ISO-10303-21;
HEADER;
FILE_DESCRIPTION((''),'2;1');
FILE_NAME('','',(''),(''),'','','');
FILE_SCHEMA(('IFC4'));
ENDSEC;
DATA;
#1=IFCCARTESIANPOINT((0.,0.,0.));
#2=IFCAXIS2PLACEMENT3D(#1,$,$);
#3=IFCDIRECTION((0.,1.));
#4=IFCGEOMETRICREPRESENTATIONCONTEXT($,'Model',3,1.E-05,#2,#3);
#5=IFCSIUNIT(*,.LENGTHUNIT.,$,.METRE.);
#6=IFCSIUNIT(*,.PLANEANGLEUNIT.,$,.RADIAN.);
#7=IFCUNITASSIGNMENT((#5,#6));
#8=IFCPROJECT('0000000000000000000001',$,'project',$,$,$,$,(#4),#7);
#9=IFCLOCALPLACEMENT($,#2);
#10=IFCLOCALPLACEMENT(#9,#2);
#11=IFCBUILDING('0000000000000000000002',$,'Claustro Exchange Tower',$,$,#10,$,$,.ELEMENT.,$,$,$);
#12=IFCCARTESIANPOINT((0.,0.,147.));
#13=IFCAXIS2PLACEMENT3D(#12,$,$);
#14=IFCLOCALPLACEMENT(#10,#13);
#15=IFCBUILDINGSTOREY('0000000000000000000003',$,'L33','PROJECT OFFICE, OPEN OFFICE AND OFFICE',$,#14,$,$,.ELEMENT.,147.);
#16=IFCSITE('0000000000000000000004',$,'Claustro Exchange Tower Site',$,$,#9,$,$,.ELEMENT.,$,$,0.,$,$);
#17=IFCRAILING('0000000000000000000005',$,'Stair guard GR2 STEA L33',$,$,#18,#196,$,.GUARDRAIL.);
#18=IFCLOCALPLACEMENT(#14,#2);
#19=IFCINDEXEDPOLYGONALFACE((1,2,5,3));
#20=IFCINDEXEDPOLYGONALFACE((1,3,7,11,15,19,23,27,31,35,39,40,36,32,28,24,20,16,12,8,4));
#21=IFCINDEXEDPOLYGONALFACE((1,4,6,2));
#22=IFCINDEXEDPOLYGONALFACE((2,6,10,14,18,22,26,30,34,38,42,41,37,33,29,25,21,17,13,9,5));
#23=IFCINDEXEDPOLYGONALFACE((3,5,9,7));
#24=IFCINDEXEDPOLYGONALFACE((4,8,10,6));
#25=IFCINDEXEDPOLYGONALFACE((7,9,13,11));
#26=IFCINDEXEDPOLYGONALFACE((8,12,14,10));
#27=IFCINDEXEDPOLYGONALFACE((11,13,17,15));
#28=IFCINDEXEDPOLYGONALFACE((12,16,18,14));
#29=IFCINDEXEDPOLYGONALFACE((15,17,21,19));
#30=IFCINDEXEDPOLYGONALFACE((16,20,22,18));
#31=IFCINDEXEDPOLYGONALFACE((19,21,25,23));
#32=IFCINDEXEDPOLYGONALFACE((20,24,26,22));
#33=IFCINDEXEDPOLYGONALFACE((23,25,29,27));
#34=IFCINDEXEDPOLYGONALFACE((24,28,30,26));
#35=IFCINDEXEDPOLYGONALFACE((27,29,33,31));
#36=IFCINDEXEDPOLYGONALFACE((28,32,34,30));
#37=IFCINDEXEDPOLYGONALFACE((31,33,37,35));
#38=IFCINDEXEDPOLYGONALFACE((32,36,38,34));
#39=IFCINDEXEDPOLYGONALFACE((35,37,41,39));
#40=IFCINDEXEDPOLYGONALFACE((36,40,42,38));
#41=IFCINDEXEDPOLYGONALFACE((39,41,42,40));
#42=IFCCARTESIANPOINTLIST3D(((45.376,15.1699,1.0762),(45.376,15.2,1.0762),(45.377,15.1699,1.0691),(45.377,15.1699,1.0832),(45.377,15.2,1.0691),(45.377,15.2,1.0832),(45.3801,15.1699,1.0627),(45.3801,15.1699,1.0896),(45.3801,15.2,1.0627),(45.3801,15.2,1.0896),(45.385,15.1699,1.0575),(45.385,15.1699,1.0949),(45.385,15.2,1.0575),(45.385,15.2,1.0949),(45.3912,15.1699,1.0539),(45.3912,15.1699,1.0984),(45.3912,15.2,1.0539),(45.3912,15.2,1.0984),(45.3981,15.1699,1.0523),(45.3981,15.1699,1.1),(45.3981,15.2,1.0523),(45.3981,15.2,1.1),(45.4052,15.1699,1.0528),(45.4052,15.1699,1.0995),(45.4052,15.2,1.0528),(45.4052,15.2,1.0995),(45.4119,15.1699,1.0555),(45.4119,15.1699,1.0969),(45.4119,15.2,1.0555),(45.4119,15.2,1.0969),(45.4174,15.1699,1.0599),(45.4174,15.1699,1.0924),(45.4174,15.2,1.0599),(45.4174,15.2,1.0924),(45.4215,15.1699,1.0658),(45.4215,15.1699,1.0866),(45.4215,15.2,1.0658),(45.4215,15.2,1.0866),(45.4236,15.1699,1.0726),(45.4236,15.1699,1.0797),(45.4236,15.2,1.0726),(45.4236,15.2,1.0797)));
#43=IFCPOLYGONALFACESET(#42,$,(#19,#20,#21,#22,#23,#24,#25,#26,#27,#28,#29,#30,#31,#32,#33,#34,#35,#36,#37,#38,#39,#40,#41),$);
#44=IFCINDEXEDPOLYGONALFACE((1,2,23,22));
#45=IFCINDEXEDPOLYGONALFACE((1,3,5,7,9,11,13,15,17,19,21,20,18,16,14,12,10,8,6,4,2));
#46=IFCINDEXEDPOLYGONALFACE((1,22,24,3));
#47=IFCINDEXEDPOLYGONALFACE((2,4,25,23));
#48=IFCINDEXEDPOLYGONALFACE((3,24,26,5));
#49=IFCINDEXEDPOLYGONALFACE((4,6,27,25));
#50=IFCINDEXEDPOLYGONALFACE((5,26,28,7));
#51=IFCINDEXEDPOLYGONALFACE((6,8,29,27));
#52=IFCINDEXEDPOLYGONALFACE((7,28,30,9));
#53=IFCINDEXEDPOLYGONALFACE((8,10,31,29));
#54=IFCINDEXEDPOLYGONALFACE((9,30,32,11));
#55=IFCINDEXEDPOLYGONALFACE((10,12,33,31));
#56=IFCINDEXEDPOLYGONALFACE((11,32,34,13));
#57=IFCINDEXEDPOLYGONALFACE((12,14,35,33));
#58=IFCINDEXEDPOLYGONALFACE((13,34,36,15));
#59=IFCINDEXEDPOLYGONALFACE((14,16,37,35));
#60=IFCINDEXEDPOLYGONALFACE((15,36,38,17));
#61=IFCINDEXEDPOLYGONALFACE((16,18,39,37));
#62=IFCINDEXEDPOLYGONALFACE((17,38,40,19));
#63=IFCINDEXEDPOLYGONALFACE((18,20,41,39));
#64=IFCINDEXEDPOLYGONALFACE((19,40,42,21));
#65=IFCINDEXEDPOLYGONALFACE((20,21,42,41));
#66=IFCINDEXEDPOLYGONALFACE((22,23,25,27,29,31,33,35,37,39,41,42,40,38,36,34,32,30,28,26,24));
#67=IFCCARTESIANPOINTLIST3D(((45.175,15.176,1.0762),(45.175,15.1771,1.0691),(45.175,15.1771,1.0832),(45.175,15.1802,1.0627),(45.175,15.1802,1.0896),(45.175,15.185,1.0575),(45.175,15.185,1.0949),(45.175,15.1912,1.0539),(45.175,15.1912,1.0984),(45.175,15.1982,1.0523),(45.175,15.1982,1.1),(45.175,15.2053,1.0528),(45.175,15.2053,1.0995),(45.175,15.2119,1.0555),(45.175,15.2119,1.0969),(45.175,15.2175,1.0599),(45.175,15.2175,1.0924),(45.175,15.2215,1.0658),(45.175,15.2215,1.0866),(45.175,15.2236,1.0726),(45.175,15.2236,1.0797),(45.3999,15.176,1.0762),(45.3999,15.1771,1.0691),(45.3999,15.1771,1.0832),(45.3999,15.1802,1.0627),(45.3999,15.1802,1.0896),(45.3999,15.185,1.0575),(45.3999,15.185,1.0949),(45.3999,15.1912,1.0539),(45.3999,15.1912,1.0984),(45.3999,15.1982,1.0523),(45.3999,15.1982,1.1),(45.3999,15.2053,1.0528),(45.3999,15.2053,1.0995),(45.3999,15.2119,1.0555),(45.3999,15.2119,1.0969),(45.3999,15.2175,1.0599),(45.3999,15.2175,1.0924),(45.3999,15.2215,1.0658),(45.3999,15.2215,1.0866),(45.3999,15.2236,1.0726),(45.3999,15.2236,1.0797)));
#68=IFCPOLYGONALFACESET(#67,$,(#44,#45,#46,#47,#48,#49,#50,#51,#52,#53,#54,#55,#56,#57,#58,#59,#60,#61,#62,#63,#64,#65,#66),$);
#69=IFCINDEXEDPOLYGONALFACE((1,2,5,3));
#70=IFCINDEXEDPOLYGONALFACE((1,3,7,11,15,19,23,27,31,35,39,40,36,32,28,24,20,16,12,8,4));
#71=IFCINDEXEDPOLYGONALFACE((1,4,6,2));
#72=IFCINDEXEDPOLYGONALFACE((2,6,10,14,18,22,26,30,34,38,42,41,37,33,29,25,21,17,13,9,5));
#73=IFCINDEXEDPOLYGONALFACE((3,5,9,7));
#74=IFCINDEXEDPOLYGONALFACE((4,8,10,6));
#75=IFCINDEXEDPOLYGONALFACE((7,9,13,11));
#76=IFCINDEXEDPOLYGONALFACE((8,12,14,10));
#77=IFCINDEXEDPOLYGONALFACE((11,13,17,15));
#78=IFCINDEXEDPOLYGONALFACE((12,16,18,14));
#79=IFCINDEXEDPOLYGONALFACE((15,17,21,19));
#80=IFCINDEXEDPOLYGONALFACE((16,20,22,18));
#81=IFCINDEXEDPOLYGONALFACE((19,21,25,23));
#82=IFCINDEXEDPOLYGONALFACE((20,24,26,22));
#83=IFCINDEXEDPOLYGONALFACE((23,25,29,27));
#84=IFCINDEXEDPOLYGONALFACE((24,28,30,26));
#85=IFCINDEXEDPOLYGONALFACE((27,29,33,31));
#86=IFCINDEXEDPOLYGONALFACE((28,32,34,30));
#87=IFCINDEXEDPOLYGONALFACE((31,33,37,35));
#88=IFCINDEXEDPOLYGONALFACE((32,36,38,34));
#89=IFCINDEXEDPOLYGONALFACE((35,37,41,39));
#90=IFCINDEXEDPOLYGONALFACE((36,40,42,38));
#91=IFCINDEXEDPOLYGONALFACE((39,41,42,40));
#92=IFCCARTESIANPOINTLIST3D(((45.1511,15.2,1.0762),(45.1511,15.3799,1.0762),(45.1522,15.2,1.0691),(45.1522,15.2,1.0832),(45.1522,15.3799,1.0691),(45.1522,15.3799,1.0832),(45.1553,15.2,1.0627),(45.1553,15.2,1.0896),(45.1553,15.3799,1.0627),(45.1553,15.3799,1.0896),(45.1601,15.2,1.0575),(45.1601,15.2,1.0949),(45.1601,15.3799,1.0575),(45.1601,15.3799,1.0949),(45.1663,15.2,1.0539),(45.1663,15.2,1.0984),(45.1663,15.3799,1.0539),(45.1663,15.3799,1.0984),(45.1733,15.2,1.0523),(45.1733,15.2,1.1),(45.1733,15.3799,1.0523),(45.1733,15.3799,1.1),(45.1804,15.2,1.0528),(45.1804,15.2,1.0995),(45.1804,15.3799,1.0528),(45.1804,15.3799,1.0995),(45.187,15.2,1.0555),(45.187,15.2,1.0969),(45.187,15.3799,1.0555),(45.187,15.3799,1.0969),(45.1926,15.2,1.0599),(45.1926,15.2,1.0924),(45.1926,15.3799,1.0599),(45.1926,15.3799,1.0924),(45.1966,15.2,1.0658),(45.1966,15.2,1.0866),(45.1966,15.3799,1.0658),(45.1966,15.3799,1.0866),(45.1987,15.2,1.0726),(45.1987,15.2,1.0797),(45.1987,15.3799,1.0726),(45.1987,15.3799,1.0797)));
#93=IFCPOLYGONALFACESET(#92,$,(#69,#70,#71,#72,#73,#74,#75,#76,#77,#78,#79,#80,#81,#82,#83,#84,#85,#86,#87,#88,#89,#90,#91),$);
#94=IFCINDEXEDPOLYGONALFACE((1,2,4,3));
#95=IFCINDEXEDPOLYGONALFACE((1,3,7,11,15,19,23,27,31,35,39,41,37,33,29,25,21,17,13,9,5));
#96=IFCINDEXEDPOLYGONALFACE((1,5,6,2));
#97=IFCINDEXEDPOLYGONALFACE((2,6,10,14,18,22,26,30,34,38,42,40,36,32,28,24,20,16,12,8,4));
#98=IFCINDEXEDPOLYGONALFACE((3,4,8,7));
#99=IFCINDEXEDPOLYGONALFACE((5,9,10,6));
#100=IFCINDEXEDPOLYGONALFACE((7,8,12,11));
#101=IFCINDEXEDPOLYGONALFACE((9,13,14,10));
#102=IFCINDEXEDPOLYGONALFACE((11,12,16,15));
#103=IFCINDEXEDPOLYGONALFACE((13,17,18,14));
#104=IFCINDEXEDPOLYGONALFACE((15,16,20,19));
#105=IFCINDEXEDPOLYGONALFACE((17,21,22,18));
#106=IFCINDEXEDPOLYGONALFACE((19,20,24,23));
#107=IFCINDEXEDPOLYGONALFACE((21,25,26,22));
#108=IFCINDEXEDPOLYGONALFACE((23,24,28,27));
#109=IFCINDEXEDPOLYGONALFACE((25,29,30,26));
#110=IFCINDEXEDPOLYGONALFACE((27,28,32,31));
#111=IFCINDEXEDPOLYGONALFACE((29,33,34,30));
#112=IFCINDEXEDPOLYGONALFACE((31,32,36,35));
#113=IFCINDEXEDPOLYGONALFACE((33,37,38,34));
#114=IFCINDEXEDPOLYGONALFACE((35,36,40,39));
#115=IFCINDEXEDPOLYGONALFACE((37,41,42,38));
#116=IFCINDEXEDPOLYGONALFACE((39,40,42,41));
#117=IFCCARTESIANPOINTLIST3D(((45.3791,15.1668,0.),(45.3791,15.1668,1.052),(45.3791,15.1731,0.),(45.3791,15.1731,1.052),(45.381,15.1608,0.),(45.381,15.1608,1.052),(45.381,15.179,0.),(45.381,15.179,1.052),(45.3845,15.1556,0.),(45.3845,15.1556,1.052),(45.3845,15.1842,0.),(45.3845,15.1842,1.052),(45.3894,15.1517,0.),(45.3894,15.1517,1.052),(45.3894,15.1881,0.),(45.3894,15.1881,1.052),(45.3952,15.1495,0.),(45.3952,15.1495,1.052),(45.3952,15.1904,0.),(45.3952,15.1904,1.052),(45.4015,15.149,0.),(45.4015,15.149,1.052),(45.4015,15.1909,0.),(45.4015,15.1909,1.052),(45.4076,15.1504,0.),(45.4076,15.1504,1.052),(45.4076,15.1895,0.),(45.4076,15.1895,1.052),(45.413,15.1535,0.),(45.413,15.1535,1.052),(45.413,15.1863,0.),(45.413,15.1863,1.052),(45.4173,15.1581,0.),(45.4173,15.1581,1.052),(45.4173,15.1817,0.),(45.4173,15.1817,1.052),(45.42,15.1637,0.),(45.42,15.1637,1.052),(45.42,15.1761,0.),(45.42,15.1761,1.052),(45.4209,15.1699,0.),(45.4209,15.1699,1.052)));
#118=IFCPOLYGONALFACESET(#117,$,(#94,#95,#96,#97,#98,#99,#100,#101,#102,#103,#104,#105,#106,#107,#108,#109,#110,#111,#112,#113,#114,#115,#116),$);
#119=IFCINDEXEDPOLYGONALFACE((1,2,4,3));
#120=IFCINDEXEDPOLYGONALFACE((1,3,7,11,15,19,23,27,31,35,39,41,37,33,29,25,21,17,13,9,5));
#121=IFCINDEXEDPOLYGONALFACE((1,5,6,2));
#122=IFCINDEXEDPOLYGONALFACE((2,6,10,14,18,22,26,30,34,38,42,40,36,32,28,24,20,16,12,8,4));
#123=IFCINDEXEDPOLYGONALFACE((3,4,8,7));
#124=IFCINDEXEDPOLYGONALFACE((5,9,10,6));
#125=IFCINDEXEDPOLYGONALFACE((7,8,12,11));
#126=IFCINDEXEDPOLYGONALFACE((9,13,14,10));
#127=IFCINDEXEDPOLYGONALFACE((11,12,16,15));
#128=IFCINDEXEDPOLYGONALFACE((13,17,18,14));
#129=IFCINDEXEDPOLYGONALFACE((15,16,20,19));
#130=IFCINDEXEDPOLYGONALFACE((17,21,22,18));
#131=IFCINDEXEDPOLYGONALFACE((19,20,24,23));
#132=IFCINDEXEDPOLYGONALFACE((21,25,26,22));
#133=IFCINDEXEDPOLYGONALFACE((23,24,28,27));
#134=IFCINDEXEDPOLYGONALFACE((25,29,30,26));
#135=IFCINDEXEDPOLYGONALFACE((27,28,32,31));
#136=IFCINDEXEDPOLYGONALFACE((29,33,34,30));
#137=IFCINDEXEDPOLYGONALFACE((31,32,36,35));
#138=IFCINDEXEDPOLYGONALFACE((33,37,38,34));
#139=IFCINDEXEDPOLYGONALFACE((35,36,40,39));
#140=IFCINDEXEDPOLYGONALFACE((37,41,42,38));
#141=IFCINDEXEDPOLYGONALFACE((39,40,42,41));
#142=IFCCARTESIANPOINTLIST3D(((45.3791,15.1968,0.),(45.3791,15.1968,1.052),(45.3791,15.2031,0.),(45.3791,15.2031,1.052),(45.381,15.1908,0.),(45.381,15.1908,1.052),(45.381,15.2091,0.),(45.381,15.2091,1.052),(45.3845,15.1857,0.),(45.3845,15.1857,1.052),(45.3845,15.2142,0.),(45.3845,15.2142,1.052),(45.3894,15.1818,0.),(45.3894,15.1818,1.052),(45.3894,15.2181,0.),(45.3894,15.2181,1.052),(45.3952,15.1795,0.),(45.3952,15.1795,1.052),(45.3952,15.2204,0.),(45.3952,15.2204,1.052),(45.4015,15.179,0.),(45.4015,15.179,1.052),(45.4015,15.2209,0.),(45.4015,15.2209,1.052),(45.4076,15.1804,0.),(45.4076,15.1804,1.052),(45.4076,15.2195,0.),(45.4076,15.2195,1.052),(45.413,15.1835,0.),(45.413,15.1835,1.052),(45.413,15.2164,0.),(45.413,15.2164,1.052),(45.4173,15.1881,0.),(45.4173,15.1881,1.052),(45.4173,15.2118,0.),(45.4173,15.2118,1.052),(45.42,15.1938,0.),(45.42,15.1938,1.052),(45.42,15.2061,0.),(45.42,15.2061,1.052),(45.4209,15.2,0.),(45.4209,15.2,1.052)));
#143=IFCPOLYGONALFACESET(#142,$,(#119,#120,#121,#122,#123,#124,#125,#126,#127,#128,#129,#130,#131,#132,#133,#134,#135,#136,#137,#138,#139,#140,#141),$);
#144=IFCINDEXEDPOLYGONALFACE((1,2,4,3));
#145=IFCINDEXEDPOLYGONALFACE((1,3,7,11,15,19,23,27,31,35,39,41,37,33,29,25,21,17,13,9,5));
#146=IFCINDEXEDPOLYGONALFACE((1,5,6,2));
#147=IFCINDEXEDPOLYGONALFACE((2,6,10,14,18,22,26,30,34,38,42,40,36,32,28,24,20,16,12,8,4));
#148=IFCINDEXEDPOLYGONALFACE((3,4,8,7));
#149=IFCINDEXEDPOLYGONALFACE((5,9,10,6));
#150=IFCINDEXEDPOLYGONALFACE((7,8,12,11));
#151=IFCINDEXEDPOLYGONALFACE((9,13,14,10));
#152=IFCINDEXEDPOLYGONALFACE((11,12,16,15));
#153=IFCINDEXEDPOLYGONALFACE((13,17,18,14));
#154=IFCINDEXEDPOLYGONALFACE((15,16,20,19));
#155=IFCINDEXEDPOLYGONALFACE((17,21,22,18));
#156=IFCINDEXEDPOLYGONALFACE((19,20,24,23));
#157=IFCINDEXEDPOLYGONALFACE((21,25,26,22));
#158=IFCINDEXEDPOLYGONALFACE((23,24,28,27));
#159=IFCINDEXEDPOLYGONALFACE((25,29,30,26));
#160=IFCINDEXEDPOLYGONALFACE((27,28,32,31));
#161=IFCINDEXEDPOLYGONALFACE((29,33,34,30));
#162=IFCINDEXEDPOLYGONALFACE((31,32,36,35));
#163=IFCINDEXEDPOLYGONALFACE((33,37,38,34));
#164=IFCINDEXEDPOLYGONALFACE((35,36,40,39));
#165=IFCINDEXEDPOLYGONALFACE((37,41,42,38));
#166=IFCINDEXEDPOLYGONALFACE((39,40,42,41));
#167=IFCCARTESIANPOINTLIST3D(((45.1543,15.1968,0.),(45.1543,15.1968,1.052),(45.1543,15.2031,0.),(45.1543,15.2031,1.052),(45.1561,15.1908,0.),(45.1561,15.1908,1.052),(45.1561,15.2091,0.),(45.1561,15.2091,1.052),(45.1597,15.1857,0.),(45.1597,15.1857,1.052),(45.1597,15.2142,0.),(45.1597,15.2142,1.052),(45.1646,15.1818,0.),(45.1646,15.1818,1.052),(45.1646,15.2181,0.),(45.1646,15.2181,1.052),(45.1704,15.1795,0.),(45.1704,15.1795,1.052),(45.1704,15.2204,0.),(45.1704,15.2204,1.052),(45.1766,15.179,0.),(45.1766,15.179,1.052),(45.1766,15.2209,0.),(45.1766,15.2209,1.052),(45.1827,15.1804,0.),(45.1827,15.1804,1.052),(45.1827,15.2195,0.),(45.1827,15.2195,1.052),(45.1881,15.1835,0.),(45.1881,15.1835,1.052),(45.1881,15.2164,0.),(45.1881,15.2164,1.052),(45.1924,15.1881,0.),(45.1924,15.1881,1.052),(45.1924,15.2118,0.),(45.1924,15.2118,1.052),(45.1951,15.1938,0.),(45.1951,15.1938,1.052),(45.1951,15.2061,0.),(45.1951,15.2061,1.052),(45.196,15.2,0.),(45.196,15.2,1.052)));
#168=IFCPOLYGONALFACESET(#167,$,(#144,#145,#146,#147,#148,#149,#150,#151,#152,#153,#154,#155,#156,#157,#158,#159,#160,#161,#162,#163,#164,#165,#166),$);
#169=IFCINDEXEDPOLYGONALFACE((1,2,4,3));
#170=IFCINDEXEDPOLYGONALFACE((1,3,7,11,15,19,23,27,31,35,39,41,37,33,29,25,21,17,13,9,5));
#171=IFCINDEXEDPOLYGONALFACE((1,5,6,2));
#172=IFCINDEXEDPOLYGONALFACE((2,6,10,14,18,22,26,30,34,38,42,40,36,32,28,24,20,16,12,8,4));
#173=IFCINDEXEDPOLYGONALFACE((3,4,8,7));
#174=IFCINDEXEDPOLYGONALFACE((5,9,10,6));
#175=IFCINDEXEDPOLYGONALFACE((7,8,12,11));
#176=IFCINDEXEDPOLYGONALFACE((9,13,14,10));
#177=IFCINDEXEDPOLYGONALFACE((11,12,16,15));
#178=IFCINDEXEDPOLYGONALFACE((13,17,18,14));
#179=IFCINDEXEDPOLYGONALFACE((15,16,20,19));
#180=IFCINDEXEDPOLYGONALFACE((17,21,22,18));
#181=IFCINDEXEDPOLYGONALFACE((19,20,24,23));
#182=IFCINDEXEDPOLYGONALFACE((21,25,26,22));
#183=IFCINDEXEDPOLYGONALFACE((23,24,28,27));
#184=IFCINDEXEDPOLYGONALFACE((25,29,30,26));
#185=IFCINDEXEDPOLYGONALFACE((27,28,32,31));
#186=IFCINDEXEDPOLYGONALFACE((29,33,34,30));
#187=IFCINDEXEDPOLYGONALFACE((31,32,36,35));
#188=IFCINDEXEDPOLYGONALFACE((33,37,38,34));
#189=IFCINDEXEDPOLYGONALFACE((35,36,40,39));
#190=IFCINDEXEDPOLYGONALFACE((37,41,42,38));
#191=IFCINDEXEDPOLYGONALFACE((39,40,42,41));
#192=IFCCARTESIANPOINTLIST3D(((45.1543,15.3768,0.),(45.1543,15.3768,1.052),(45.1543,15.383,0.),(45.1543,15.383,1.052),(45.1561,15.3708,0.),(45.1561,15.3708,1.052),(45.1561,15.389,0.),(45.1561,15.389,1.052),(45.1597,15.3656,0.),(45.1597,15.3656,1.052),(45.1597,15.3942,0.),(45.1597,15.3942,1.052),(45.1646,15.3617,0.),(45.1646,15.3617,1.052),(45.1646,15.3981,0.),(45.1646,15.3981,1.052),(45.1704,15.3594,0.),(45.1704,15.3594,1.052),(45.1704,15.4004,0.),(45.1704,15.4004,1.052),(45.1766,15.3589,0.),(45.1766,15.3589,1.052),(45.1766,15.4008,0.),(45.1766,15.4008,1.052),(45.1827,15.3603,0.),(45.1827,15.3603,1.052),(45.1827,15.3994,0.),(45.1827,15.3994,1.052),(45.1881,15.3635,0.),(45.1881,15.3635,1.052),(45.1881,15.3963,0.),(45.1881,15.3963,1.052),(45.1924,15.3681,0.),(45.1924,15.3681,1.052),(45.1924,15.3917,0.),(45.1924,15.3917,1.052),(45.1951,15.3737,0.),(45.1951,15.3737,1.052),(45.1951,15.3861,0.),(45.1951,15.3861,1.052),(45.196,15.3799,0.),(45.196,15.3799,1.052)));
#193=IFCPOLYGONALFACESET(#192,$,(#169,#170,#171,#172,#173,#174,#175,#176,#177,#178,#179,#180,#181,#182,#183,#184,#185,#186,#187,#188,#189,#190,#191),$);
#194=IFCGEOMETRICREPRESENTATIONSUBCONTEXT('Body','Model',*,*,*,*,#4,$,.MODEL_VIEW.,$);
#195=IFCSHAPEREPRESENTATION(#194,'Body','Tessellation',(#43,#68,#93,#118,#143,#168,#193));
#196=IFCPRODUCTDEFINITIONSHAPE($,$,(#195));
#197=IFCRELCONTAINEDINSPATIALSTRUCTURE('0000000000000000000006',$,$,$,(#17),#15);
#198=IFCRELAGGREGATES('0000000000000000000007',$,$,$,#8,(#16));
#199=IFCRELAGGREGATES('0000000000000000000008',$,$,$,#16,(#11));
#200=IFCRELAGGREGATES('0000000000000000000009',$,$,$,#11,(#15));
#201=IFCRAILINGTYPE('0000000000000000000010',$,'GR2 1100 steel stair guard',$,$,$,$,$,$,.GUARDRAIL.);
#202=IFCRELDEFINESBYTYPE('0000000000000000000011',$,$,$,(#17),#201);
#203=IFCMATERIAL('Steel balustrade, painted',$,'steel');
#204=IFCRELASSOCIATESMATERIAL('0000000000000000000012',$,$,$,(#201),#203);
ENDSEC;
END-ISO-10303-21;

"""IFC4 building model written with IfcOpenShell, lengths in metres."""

from ifc_helpers import new_model, si_unit, direction, frame, origin, origin_2d, place, context, subcontext, project, spatial, circle, extrude, material, type_object, element, save


model = new_model("IFC4")

# Units and contexts
model_context = context("Model", 3, precision=1e-05, world=origin(), true_north=direction((0.0, 1.0)))
body_context = subcontext(model_context, "Body", "Model", "MODEL_VIEW")
ifc_project = project(units=[si_unit("LENGTHUNIT", "METRE"), si_unit("PLANEANGLEUNIT", "RADIAN")], contexts=[model_context])

# Site, building, storey
site_placement = place(None, origin())
site = spatial("IfcSite", under=ifc_project, at=site_placement, Name="Claustro Exchange Tower Site", CompositionType="ELEMENT", RefElevation=0.0)
building_placement = place(site_placement, origin())
building = spatial("IfcBuilding", under=site, at=building_placement, Name="Claustro Exchange Tower", CompositionType="ELEMENT")
storey_placement = place(building_placement, frame((0.0, 0.0, 147.0)))
storey = spatial("IfcBuildingStorey", under=building, at=storey_placement, Name="L33", Description="PROJECT OFFICE, OPEN OFFICE AND OFFICE", CompositionType="ELEMENT", Elevation=147.0)

# Railing
ifc_material_1 = material(Name="Steel balustrade, painted", Category="steel")
railing_type_1 = type_object("IfcRailingType", Name="GR2 1100 steel stair guard", PredefinedType="GUARDRAIL", material=ifc_material_1)
railing_1_placement = place(storey_placement, frame((45.3999, 15.1699, 0.0)))
element("IfcRailing", 1, at=railing_1_placement, inside=storey, type_object=railing_type_1, Name="Stair guard GR2 STEA L33", PredefinedType="GUARDRAIL", context=body_context, shape_type="SweptSolid", body=[
    extrude(circle(Radius=0.0239, at=origin_2d()), frame((0.0, 0.0, 1.0762), z_axis=(0.0, 1.0, 0.0), x_axis=(-1.0, 0.0, 0.0)), (0.0, 0.0, 1.0), 0.03),
    extrude(circle(Radius=0.0239, at=origin_2d()), frame((0.0, 0.03, 1.0762), z_axis=(-1.0, 0.0, 0.0), x_axis=(0.0, -1.0, 0.0)), (0.0, 0.0, 1.0), 0.2249),
    extrude(circle(Radius=0.0239, at=origin_2d()), frame((-0.2249, 0.03, 1.0762), z_axis=(0.0, 1.0, 0.0), x_axis=(-1.0, 0.0, 0.0)), (0.0, 0.0, 1.0), 0.1799),
    extrude(circle(Radius=0.021, at=origin_2d()), origin(), (0.0, 0.0, 1.0), 1.052),
    extrude(circle(Radius=0.021, at=origin_2d()), frame((0.0, 0.03, 0.0)), (0.0, 0.0, 1.0), 1.052),
    extrude(circle(Radius=0.021, at=origin_2d()), frame((-0.2249, 0.03, 0.0)), (0.0, 0.0, 1.0), 1.052),
    extrude(circle(Radius=0.021, at=origin_2d()), frame((-0.2249, 0.21, 0.0)), (0.0, 0.0, 1.0), 1.052),
])

save(model, "model.ifc")
